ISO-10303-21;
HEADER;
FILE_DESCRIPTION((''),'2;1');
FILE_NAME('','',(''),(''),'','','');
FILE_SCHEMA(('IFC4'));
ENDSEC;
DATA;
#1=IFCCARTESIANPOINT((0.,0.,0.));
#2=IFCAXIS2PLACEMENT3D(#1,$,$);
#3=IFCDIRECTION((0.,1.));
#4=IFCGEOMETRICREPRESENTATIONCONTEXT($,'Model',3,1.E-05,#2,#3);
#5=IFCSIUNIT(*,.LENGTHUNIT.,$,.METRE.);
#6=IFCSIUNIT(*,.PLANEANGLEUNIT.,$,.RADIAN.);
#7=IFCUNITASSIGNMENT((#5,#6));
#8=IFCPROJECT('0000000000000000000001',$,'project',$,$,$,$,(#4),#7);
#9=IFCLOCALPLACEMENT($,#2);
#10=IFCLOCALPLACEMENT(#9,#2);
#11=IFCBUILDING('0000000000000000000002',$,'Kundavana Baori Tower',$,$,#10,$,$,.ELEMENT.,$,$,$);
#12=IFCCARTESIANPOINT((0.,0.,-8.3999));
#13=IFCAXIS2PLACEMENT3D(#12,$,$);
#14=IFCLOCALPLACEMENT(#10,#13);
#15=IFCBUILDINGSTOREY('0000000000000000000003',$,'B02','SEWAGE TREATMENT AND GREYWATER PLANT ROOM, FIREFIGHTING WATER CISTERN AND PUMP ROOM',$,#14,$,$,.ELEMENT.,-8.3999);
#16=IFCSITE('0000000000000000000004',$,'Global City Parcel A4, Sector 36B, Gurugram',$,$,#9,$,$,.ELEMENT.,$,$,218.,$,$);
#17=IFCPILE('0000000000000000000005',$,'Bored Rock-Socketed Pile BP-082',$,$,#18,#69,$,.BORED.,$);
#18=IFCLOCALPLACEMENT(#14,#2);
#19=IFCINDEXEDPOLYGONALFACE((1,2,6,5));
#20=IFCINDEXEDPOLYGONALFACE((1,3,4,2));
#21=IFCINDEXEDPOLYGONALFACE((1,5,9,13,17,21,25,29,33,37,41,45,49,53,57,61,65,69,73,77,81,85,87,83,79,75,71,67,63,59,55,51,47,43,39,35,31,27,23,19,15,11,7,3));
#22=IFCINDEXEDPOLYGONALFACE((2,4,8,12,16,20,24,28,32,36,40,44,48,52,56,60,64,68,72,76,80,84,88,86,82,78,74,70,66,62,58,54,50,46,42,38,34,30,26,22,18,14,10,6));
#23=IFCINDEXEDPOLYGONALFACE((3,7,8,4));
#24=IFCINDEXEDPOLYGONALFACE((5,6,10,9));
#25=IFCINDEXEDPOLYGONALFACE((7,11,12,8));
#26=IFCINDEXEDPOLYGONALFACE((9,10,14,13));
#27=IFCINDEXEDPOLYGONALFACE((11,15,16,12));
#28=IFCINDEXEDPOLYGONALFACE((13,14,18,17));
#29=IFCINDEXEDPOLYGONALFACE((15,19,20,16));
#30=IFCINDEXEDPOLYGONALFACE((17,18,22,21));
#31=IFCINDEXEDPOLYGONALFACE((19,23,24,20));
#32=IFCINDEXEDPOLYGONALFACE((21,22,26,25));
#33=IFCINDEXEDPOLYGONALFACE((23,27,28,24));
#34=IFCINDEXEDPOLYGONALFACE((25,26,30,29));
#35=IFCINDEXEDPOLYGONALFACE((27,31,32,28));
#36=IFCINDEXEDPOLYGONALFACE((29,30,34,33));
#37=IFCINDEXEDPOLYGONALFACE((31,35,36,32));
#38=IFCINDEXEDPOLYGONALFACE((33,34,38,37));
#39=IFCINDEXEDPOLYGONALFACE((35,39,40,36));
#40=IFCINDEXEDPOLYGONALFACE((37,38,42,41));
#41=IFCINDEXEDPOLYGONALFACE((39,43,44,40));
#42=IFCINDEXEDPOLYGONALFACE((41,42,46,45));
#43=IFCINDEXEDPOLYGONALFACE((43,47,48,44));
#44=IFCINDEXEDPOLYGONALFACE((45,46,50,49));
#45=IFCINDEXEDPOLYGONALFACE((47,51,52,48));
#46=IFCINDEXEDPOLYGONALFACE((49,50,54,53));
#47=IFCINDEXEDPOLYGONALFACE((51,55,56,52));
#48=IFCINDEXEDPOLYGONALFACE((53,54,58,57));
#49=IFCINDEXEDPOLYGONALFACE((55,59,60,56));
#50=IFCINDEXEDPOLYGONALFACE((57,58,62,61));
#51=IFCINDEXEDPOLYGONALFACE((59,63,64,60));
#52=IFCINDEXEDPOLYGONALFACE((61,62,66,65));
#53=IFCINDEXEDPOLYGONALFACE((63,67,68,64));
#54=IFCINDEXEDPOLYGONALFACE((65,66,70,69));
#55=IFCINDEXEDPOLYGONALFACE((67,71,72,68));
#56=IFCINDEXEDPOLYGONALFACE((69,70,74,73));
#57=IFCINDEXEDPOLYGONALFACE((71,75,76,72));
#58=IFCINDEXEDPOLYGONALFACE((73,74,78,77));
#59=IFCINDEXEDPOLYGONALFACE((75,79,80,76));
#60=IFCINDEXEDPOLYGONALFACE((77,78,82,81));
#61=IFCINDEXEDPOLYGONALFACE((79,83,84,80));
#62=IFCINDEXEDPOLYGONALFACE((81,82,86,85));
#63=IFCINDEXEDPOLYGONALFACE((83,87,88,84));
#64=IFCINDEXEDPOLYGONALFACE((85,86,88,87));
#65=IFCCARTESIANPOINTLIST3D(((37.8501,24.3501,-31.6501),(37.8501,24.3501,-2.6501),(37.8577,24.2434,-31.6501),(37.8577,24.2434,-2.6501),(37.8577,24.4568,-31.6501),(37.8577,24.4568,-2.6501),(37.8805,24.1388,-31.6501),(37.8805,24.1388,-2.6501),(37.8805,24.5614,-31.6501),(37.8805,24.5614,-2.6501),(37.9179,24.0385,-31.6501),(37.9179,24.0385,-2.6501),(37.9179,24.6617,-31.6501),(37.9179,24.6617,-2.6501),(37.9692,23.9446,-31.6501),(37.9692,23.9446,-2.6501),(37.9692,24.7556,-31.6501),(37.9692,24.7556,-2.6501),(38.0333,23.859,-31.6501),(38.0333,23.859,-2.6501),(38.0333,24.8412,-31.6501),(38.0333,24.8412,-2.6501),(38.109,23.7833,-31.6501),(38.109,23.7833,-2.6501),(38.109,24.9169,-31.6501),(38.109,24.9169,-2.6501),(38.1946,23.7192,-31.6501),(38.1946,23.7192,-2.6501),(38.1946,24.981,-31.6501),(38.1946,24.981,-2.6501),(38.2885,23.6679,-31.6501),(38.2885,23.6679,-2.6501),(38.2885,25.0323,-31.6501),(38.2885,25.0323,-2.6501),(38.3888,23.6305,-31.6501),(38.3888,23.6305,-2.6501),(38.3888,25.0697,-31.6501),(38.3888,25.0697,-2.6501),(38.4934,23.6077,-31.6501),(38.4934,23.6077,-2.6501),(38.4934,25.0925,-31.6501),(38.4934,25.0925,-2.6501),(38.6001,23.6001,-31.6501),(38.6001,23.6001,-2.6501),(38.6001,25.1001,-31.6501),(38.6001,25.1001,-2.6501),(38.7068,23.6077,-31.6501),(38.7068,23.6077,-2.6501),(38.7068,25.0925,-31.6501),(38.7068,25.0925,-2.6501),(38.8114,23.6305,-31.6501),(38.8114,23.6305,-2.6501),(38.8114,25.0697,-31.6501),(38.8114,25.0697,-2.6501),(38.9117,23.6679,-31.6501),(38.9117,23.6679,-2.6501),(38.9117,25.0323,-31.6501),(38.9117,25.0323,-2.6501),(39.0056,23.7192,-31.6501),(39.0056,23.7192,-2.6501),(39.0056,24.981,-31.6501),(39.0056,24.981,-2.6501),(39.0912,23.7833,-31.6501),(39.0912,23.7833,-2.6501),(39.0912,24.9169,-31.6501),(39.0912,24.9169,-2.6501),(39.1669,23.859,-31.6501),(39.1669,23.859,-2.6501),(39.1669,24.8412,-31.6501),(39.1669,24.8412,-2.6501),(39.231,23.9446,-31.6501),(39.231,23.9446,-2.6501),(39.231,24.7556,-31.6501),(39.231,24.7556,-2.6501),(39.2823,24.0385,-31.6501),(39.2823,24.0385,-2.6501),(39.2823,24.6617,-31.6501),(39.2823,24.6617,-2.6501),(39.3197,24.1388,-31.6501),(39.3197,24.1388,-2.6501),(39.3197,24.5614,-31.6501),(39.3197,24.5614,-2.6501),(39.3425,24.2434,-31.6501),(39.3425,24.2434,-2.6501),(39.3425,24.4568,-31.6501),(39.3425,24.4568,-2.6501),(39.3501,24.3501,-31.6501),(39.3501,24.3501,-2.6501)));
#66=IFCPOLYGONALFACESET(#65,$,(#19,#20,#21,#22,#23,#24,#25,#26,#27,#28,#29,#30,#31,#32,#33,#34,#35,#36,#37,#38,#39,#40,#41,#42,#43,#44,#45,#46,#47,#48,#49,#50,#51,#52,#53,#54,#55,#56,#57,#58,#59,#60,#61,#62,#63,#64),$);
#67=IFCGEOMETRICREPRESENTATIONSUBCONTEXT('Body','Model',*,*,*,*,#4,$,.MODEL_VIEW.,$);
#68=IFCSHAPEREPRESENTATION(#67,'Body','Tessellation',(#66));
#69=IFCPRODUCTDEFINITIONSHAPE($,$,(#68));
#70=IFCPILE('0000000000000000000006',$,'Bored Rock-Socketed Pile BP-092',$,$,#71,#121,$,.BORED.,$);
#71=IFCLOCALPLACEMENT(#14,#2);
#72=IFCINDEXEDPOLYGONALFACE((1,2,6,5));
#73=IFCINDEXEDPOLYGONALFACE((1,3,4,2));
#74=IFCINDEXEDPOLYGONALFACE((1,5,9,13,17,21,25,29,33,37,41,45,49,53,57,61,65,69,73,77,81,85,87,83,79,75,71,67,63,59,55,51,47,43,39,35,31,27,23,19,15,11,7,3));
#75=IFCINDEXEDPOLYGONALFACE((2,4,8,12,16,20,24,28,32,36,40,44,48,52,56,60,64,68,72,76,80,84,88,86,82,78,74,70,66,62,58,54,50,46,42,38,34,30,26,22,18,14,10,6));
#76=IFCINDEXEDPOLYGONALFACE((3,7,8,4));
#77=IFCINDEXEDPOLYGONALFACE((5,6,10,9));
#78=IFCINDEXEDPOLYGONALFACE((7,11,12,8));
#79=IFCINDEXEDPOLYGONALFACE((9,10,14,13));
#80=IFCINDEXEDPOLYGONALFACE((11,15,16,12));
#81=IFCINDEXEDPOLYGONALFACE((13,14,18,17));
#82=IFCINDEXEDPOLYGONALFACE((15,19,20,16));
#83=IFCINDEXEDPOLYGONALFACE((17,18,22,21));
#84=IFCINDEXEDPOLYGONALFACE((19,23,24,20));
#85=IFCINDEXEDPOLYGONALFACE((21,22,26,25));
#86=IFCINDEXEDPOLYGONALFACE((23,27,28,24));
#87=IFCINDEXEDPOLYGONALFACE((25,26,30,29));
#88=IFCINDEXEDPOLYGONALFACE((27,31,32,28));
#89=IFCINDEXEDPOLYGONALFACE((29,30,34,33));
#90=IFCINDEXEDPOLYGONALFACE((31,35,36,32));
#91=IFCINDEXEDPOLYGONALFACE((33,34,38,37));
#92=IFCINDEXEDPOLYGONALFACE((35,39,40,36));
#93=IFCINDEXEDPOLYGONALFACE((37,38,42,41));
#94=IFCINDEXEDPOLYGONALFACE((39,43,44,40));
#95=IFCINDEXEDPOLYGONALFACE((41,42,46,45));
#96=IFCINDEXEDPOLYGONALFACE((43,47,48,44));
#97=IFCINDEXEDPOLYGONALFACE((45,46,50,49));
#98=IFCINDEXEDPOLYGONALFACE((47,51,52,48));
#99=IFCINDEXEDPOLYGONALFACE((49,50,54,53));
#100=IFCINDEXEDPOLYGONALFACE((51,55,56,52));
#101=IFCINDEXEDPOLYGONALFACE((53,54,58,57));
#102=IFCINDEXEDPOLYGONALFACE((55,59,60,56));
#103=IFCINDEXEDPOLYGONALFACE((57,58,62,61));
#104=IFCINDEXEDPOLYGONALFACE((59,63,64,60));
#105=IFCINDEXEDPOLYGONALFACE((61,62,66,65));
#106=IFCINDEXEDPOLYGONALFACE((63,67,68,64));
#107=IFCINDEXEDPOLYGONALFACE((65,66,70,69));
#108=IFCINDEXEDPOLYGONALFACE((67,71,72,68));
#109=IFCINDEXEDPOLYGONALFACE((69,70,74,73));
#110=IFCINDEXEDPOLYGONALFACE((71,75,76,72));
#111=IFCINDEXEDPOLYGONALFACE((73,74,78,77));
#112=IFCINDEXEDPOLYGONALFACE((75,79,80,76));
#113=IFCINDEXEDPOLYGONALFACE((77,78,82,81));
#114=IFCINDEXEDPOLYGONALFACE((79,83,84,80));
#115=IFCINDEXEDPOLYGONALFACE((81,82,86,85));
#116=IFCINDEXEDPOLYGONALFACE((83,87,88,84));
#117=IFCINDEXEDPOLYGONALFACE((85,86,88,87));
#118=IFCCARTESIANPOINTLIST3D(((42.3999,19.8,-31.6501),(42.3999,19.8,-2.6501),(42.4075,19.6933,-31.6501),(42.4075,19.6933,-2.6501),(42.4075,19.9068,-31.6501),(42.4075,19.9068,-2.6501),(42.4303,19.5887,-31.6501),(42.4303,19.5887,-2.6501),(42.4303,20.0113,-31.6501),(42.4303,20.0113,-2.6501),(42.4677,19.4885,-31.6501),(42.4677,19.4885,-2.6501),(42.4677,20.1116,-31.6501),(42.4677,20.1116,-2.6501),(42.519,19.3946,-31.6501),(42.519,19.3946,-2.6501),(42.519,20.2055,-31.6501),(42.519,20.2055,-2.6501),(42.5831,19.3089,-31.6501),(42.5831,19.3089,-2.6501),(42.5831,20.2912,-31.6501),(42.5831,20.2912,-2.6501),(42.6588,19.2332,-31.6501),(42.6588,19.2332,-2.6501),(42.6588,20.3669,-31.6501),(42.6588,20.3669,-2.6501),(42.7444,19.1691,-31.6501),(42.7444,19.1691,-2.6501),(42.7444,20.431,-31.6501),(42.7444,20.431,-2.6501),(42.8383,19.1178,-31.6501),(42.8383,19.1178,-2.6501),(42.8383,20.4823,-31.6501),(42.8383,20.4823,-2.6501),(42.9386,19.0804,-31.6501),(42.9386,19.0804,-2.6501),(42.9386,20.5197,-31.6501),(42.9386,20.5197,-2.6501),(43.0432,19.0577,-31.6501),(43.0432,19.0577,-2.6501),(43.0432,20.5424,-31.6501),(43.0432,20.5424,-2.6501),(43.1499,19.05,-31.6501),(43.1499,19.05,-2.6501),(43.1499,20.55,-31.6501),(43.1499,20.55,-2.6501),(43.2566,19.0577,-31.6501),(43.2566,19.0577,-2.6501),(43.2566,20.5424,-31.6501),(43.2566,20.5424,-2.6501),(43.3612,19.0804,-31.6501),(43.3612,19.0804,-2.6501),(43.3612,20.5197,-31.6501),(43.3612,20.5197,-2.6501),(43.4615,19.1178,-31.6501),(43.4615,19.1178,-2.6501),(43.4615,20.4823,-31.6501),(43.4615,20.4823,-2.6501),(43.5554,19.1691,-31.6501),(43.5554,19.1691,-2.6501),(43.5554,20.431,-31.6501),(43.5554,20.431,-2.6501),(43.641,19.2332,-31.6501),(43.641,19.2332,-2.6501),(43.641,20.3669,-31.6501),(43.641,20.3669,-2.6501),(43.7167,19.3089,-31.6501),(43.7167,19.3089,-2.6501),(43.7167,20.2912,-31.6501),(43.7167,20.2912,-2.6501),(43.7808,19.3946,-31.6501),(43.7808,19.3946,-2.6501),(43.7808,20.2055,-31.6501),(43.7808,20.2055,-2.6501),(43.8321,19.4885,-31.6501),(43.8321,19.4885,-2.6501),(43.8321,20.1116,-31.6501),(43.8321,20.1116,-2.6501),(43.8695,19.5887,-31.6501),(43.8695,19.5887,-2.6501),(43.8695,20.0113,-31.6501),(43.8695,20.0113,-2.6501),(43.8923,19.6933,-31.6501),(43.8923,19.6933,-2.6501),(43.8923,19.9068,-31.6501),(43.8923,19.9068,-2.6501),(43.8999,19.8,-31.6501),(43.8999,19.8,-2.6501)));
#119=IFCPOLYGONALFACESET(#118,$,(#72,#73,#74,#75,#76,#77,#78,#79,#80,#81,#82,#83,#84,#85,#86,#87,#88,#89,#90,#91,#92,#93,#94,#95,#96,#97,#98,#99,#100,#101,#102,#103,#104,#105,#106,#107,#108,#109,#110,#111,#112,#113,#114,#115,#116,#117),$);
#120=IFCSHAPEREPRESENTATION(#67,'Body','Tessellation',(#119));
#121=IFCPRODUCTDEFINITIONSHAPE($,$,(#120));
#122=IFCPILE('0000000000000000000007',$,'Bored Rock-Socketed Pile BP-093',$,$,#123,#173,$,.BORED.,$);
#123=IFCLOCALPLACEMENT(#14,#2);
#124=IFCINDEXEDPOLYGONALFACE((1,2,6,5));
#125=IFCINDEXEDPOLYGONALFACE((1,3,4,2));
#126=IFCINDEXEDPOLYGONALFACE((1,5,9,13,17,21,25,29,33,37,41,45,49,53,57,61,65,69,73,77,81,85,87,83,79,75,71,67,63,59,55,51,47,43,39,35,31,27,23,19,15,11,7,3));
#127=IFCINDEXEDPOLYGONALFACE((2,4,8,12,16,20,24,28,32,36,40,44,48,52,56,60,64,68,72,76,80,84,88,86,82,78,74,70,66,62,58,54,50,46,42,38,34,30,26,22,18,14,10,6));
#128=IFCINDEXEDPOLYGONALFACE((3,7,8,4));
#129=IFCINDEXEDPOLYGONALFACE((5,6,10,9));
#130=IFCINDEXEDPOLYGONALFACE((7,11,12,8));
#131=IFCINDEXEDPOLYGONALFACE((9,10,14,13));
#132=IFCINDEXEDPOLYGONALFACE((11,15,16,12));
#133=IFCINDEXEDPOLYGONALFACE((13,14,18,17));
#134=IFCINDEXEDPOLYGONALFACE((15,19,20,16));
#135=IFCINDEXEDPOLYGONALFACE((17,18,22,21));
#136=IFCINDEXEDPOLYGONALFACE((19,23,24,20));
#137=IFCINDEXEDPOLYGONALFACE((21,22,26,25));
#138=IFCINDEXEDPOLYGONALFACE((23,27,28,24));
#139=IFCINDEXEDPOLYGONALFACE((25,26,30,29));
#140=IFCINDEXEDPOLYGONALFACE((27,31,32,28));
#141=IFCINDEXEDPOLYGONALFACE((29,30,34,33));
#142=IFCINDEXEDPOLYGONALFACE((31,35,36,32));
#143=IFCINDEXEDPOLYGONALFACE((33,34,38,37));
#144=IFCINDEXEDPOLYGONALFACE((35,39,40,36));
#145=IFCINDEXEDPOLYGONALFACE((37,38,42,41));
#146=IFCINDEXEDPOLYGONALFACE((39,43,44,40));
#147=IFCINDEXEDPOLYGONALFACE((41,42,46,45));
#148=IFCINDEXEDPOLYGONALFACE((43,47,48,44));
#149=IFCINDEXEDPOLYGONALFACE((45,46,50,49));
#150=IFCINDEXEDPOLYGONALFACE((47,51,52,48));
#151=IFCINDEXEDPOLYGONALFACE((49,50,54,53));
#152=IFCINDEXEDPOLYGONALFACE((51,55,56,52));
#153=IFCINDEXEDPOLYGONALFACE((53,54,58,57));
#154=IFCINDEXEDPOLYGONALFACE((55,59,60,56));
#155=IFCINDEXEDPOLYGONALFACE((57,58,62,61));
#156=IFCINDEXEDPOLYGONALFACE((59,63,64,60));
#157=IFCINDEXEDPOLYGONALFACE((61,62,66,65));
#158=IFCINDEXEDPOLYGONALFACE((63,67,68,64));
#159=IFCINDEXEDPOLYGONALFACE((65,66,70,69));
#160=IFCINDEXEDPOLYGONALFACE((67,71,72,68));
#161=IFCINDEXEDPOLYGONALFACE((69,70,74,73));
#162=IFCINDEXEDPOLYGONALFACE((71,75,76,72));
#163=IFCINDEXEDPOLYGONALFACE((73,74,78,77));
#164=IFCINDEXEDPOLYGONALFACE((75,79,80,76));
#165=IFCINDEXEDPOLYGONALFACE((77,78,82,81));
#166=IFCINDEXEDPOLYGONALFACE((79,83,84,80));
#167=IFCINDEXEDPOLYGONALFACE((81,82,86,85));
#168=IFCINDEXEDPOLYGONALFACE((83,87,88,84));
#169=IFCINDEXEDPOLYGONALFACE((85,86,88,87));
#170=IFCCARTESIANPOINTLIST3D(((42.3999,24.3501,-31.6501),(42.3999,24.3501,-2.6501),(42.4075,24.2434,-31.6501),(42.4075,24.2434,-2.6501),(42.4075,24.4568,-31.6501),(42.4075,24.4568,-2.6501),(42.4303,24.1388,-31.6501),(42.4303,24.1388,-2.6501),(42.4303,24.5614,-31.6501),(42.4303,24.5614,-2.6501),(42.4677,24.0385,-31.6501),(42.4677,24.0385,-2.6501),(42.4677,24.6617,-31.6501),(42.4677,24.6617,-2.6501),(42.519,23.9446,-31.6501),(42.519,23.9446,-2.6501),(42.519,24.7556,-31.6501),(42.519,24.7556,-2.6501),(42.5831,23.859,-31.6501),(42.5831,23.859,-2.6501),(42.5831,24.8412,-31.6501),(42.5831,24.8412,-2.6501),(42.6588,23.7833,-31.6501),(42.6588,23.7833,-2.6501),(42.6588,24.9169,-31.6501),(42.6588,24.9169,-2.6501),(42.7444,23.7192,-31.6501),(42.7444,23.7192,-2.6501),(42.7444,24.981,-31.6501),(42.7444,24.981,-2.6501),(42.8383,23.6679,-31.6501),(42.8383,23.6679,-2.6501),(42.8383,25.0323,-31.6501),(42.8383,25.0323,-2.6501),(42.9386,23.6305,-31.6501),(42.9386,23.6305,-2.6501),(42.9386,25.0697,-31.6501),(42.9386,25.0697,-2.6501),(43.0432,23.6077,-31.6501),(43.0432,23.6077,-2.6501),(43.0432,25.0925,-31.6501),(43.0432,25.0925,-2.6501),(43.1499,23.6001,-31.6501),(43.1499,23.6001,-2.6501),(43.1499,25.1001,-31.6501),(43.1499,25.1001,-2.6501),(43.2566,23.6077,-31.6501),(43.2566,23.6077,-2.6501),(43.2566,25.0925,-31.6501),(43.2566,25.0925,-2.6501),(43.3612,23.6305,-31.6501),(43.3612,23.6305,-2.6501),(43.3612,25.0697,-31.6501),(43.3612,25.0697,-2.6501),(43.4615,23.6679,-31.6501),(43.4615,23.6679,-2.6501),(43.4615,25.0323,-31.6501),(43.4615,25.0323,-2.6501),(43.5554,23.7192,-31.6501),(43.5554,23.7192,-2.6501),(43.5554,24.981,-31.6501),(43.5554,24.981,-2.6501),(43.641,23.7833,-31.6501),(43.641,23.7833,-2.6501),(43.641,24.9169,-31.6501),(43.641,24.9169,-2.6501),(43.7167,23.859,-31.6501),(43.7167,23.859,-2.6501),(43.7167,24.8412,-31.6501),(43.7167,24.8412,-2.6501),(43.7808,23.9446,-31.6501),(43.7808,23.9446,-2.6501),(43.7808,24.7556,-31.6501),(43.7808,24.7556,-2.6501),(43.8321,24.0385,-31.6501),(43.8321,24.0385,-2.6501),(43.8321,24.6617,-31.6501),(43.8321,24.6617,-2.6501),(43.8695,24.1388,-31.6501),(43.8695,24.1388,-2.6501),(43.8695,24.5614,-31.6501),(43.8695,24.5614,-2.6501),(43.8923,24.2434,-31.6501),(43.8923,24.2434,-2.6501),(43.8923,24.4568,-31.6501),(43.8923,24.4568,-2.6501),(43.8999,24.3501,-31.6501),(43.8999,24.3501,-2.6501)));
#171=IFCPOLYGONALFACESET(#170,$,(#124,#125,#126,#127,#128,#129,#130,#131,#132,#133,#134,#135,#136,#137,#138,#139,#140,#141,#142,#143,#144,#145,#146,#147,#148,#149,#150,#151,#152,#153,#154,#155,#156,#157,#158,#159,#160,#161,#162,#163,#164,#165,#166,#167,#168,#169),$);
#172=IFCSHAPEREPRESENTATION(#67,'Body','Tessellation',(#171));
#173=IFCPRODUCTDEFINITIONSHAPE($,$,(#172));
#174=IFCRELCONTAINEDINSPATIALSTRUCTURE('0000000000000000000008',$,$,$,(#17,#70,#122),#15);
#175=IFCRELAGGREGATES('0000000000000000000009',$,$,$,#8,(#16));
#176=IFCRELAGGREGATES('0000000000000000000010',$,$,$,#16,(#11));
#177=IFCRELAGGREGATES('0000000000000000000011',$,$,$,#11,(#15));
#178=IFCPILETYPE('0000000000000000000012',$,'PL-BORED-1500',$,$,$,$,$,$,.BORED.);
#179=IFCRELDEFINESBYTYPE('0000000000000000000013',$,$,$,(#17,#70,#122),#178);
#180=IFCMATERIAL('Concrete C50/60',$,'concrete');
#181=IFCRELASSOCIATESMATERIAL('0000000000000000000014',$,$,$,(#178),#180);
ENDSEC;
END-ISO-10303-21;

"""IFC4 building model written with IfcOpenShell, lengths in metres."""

from ifc_helpers import new_model, si_unit, direction, frame, origin, origin_2d, place, context, subcontext, project, spatial, circle, extrude, material, material_profile, profile_set, type_object, element, save


model = new_model("IFC4")

# Units and contexts
model_context = context("Model", 3, precision=1e-05, world=origin(), true_north=direction((0.0, 1.0)))
body_context = subcontext(model_context, "Body", "Model", "MODEL_VIEW")
ifc_project = project(units=[si_unit("LENGTHUNIT", "METRE"), si_unit("PLANEANGLEUNIT", "RADIAN")], contexts=[model_context])

# Site, building, storey
site_placement = place(None, origin())
site = spatial("IfcSite", under=ifc_project, at=site_placement, Name="Global City Parcel A4, Sector 36B, Gurugram", CompositionType="ELEMENT", RefElevation=218.0)
building_placement = place(site_placement, origin())
building = spatial("IfcBuilding", under=site, at=building_placement, Name="Kundavana Baori Tower", CompositionType="ELEMENT")
storey_placement = place(building_placement, frame((0.0, 0.0, -8.3999)))
storey = spatial("IfcBuildingStorey", under=building, at=storey_placement, Name="B02", Description="SEWAGE TREATMENT AND GREYWATER PLANT ROOM, FIREFIGHTING WATER CISTERN AND PUMP ROOM", CompositionType="ELEMENT", Elevation=-8.3999)

# Piles
ifc_material_1 = material(Name="Concrete C50/60", Category="concrete")
ifc_material_profile_1 = material_profile(ifc_material_1, circle(Radius=0.75, at=origin_2d()), Name="BORED PILE D1500")
ifc_profile_set_1 = profile_set([ifc_material_profile_1], Name="Concrete C50/60")
pile_type = type_object("IfcPileType", Name="PL-BORED-1500", PredefinedType="BORED", material=ifc_profile_set_1)
for number, where, z_axis, x_axis, name in (
    (1, (38.6001, 24.3501, -2.6501), (0.0, 0.0, -1.0), (1.0, 0.0, 0.0), "Bored Rock-Socketed Pile BP-082"),
    (2, (43.1499, 19.8, -2.6501), (0.0, 0.0, -1.0), (1.0, 0.0, 0.0), "Bored Rock-Socketed Pile BP-092"),
    (3, (43.1499, 24.3501, -2.6501), (0.0, 0.0, -1.0), (1.0, 0.0, 0.0), "Bored Rock-Socketed Pile BP-093"),
):
    element("IfcPile", number, at=place(storey_placement, frame(where, z_axis=z_axis, x_axis=x_axis)), inside=storey, type_object=pile_type, Name=name, PredefinedType="BORED", context=body_context, shape_type="SweptSolid", body=[
        extrude(circle(Radius=0.75, at=origin_2d()), origin(), (0.0, 0.0, 1.0), 29.0),
    ])

save(model, "model.ifc")
